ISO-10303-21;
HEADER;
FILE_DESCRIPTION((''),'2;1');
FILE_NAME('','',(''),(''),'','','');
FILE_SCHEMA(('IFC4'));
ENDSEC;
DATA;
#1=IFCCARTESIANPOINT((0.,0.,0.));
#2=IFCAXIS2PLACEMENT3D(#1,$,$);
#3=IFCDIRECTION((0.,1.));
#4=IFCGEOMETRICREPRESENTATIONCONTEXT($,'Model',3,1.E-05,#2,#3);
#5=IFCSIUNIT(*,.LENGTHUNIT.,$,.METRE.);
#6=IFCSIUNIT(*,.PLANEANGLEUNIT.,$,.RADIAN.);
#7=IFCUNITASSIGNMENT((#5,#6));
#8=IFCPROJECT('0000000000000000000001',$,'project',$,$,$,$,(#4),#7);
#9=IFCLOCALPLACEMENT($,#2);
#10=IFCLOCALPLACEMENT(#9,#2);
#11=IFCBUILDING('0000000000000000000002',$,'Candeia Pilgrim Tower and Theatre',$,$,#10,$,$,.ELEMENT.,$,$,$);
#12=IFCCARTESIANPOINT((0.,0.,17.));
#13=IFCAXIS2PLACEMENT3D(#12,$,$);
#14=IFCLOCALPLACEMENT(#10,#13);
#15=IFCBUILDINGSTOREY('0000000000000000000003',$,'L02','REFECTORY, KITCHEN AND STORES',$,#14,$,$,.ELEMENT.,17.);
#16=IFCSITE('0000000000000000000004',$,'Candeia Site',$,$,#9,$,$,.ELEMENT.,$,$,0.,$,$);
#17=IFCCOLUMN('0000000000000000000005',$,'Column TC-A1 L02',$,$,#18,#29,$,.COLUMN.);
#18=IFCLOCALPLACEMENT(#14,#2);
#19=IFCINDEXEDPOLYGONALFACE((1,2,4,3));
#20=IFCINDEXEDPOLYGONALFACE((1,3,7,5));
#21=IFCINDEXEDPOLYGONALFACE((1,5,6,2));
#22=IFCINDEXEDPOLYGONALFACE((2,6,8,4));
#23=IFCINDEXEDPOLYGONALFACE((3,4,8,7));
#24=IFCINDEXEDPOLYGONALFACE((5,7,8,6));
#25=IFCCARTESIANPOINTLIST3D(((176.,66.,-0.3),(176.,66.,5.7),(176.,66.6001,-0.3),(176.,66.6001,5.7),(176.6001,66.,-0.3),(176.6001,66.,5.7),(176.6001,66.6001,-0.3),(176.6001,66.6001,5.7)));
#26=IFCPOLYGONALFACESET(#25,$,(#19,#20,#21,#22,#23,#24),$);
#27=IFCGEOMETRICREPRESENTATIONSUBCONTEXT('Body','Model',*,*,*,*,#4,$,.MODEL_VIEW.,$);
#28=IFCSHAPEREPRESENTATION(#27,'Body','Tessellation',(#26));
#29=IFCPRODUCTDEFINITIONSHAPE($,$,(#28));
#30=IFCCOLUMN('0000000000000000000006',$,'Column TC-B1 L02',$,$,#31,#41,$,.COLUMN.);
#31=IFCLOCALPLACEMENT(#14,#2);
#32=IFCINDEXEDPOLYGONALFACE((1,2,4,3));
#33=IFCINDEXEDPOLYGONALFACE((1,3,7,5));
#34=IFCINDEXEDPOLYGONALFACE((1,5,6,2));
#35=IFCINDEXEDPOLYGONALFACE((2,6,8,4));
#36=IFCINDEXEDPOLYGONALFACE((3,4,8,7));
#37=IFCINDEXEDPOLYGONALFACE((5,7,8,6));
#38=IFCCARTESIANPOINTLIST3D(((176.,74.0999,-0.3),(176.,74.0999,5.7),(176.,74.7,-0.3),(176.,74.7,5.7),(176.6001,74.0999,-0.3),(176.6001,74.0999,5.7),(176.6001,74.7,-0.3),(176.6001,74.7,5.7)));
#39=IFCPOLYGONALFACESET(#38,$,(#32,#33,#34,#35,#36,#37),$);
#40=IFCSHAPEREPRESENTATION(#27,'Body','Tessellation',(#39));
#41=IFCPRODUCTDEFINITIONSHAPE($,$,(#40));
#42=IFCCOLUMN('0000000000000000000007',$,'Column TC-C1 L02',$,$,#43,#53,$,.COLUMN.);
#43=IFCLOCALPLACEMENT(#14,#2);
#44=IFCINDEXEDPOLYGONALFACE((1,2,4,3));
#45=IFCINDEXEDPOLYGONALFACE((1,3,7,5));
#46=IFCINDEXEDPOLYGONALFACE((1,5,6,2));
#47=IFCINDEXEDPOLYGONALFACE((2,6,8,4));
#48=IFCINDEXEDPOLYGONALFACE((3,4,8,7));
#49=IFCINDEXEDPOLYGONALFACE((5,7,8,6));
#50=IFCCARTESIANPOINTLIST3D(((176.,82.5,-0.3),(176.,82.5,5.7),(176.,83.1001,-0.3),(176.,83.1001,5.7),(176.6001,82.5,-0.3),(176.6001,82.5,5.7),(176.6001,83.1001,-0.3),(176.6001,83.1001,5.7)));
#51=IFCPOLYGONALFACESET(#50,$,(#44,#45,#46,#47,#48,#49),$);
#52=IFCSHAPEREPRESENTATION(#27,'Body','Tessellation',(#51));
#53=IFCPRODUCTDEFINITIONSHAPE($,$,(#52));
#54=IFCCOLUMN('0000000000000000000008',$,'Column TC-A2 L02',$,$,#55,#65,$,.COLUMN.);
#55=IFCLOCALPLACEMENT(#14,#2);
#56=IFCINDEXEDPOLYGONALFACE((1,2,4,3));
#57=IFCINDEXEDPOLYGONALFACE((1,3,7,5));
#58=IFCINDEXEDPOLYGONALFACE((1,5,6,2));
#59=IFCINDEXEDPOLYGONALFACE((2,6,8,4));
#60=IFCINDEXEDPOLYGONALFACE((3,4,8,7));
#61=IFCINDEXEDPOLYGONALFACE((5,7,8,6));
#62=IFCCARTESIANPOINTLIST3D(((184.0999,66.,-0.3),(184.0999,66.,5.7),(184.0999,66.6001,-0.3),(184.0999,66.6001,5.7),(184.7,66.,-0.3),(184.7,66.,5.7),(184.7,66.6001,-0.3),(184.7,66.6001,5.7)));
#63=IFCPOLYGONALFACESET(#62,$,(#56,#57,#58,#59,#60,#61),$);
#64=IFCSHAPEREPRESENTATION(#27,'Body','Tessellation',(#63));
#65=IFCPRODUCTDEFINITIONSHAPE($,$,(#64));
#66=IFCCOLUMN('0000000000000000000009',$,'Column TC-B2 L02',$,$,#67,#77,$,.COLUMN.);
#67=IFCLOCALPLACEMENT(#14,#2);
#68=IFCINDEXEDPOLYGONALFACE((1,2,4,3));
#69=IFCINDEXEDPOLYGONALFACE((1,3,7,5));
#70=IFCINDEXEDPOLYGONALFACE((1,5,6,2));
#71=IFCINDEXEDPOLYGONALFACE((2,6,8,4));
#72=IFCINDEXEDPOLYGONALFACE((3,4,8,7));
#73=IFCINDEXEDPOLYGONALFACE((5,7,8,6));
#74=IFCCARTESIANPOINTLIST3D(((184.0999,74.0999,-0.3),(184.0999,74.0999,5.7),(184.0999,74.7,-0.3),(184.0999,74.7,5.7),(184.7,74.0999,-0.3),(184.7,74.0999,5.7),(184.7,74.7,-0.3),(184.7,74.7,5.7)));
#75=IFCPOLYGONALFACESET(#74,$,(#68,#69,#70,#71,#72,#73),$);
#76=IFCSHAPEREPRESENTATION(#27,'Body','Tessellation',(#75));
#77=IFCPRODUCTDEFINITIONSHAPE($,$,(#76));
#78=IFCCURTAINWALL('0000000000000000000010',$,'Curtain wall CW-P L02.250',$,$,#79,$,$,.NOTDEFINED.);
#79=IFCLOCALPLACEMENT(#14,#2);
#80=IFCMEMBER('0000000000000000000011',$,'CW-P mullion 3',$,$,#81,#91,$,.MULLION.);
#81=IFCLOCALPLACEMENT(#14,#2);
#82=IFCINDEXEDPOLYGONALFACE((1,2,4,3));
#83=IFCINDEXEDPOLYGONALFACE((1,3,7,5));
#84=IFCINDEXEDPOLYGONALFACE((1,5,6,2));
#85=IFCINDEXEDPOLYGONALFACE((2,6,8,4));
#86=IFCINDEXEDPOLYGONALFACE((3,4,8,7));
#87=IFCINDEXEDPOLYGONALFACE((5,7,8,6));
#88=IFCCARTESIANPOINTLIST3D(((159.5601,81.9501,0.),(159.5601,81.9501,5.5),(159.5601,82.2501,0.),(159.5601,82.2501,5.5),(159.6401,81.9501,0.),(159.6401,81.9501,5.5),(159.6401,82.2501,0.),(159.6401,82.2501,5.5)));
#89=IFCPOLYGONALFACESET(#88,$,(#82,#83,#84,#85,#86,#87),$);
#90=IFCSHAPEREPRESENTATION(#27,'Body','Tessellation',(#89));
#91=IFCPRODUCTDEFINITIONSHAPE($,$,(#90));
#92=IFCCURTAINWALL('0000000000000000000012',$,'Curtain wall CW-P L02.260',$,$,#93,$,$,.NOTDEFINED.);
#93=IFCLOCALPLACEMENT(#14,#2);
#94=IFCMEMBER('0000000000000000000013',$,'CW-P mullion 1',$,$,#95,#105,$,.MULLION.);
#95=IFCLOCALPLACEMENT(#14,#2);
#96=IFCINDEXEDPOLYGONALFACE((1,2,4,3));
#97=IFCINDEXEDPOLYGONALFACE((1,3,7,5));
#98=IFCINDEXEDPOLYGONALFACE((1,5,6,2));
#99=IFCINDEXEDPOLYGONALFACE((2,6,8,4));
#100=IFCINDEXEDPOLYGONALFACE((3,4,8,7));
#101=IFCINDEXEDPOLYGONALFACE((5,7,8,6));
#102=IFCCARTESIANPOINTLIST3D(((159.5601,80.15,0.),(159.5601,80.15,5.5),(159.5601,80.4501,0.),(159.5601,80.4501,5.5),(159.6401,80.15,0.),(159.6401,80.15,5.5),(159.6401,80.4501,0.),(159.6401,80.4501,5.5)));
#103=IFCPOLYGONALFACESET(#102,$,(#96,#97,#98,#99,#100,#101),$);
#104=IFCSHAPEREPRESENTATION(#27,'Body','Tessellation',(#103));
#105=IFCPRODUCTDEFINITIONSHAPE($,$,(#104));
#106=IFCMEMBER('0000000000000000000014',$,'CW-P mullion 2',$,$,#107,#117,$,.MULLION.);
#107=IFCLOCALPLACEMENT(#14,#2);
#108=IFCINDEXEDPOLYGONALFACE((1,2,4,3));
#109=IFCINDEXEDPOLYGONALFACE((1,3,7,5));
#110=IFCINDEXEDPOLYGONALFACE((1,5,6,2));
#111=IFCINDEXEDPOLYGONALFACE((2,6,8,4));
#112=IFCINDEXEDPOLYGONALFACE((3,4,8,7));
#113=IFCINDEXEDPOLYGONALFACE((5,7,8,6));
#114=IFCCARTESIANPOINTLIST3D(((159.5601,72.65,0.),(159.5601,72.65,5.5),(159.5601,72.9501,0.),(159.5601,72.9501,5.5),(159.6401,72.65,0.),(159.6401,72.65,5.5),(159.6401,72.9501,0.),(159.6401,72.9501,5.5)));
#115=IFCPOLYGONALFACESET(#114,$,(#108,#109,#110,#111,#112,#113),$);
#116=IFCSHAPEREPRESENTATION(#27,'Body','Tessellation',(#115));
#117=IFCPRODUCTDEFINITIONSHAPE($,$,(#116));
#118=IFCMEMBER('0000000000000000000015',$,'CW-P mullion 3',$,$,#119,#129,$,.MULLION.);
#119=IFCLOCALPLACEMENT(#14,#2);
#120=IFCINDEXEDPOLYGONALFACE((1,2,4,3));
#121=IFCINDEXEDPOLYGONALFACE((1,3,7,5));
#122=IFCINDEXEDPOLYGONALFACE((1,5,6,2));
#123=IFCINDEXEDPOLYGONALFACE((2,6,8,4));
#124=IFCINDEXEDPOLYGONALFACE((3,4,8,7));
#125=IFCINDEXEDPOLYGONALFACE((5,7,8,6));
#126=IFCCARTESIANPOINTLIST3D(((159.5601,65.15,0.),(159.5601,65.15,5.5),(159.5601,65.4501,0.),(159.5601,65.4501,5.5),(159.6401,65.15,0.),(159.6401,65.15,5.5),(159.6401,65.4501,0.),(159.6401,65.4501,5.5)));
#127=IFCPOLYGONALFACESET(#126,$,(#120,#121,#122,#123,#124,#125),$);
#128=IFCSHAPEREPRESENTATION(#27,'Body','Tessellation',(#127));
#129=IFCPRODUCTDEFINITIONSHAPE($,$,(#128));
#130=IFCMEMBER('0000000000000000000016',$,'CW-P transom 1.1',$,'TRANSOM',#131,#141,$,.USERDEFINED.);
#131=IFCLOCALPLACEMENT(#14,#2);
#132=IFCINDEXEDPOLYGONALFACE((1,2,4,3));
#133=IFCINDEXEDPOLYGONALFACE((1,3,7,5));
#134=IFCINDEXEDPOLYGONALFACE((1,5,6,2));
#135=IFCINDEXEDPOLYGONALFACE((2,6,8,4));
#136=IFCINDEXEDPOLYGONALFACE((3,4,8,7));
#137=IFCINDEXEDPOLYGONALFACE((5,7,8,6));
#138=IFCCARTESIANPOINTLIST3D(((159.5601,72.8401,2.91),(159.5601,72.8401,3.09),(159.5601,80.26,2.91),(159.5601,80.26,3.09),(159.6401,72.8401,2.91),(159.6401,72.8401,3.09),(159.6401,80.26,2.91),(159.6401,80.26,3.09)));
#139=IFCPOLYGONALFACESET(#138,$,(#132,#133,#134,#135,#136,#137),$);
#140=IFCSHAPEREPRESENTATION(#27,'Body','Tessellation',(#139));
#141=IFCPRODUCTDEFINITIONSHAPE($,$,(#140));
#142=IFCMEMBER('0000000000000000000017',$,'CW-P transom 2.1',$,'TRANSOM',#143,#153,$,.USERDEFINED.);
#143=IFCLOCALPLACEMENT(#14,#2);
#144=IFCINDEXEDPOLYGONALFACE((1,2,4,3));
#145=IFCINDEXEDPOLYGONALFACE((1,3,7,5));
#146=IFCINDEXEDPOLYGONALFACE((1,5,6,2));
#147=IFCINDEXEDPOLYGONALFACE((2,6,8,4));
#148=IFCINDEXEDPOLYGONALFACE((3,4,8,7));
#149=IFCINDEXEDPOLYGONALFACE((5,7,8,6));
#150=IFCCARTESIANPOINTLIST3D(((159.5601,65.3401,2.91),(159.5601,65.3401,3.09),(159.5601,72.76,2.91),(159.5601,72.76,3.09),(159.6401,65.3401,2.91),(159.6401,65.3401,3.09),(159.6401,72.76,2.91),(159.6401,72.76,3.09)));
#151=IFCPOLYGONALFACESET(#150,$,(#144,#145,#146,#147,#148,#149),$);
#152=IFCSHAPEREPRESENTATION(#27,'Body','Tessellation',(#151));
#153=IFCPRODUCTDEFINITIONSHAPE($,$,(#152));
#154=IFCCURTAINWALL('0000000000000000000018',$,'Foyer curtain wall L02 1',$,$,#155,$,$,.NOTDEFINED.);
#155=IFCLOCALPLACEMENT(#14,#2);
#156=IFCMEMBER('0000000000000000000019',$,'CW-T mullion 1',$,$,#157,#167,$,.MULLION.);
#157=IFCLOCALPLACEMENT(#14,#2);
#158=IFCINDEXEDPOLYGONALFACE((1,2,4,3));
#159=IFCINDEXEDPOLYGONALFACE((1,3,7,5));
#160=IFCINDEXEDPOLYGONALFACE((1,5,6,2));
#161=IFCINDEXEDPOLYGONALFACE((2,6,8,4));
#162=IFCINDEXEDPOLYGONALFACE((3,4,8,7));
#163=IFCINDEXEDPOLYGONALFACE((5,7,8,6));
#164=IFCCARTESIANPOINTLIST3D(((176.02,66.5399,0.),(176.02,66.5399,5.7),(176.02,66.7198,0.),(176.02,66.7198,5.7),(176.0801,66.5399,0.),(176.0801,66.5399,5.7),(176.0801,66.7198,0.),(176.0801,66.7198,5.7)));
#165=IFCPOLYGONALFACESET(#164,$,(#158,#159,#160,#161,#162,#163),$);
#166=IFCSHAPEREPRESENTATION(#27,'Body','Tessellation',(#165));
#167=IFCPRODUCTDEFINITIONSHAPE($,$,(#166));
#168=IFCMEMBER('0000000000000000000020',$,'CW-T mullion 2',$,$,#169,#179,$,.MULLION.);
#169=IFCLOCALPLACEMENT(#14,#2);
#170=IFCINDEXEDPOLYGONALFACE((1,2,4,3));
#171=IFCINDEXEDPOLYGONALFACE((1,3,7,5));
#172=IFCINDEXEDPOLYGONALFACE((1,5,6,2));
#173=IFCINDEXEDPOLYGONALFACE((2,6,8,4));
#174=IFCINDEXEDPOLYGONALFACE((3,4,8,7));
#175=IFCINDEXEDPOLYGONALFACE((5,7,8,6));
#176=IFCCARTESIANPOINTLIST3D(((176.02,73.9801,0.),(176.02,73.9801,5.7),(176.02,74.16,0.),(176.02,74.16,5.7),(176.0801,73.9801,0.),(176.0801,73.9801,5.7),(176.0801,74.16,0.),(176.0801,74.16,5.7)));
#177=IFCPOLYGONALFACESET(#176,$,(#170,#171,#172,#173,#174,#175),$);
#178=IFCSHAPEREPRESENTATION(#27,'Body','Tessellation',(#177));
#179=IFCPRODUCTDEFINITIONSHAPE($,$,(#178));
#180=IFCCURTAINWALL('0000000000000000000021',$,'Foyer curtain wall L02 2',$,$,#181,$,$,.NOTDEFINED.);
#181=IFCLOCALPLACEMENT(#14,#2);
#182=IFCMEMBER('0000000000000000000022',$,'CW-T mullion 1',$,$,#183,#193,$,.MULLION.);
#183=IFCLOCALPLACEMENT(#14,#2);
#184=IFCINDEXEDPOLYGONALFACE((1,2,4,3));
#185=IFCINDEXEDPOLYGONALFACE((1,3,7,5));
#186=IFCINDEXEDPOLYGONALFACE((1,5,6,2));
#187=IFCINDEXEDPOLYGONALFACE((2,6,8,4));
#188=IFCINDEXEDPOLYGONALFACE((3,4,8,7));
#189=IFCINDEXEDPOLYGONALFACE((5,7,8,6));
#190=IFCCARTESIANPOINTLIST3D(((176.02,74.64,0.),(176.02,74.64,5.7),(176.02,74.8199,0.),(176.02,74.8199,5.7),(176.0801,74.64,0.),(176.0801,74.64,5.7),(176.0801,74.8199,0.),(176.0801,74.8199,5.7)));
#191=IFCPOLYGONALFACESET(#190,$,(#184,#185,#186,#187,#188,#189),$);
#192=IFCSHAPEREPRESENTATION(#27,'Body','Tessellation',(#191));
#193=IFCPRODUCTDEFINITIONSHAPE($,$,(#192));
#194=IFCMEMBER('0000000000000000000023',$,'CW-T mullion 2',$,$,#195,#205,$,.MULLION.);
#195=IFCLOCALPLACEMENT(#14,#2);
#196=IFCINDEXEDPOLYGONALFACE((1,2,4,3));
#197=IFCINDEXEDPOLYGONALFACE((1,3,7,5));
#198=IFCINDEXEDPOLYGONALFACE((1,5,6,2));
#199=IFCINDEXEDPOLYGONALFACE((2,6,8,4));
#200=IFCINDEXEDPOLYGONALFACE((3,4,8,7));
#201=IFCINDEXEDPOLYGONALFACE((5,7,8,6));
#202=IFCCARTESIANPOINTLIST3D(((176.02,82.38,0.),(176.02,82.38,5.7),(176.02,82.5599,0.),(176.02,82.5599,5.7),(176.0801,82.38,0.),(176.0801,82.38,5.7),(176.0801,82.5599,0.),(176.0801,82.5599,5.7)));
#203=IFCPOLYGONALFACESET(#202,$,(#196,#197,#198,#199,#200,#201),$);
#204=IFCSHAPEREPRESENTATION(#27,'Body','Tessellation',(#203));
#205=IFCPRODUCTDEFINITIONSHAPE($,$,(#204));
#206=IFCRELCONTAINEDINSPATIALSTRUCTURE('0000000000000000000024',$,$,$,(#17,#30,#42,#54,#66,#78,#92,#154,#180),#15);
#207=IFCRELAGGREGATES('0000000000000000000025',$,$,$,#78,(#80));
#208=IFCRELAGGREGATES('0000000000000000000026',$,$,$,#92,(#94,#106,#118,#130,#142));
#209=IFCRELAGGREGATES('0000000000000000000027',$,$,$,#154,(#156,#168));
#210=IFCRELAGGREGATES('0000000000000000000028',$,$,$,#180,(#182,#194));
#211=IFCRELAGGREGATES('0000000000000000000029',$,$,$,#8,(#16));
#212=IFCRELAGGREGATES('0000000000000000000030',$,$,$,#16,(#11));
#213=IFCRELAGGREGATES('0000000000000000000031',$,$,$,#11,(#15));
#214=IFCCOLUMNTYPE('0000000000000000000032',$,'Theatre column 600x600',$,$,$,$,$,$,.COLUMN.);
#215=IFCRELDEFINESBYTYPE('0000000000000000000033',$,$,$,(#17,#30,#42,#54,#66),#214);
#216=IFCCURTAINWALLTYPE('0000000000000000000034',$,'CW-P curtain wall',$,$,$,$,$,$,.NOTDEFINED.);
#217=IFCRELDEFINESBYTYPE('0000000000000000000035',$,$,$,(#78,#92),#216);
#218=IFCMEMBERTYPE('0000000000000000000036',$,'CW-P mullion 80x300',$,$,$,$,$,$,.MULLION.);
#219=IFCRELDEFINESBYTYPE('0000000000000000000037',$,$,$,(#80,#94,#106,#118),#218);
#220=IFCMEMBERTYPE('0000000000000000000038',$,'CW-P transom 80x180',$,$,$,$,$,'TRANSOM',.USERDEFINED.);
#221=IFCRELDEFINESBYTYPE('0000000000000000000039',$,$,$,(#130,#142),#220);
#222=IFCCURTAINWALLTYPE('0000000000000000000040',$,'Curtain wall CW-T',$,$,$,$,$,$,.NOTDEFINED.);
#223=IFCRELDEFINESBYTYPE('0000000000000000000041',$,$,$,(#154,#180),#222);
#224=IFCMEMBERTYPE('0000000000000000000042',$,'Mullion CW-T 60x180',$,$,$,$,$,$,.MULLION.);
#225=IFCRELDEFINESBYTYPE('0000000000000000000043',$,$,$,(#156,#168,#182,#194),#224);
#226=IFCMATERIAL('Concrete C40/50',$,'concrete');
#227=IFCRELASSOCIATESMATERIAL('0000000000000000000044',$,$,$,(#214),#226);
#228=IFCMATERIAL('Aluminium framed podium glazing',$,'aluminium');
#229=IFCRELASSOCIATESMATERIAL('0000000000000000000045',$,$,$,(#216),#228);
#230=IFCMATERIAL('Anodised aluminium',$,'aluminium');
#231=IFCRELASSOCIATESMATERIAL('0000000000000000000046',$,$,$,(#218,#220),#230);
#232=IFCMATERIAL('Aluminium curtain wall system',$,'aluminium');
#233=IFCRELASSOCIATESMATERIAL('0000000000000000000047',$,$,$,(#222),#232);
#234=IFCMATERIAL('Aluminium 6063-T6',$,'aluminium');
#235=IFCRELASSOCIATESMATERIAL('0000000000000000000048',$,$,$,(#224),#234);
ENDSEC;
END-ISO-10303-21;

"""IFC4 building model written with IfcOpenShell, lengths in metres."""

from ifc_helpers import new_model, si_unit, direction, frame, origin, origin_2d, place, context, subcontext, project, spatial, rectangle, extrude, material, material_profile, profile_set, type_object, element, aggregate, save


model = new_model("IFC4")

# Units and contexts
model_context = context("Model", 3, precision=1e-05, world=origin(), true_north=direction((0.0, 1.0)))
body_context = subcontext(model_context, "Body", "Model", "MODEL_VIEW")
ifc_project = project(units=[si_unit("LENGTHUNIT", "METRE"), si_unit("PLANEANGLEUNIT", "RADIAN")], contexts=[model_context])

# Site, building, storey
site_placement = place(None, origin())
site = spatial("IfcSite", under=ifc_project, at=site_placement, Name="Candeia Site", CompositionType="ELEMENT", RefElevation=0.0)
building_placement = place(site_placement, origin())
building = spatial("IfcBuilding", under=site, at=building_placement, Name="Candeia Pilgrim Tower and Theatre", CompositionType="ELEMENT")
storey_placement = place(building_placement, frame((0.0, 0.0, 17.0)))
storey = spatial("IfcBuildingStorey", under=building, at=storey_placement, Name="L02", Description="REFECTORY, KITCHEN AND STORES", CompositionType="ELEMENT", Elevation=17.0)

# Columns
ifc_material_1 = material(Name="Concrete C40/50", Category="concrete")
ifc_material_profile_1 = material_profile(ifc_material_1, rectangle(XDim=0.6001, YDim=0.6001, at=origin_2d()))
ifc_profile_set_1 = profile_set([ifc_material_profile_1], Name="Concrete C40/50")
column_type = type_object("IfcColumnType", Name="Theatre column 600x600", PredefinedType="COLUMN", material=ifc_profile_set_1)
for number, where, z_axis, x_axis, name in (
    (1, (176.3, 66.3, -0.3), (0.0, 0.0, 1.0), (1.0, 0.0, 0.0), "Column TC-A1 L02"),
    (2, (176.3, 74.3999, -0.3), (0.0, 0.0, 1.0), (1.0, 0.0, 0.0), "Column TC-B1 L02"),
    (3, (176.3, 82.8, -0.3), (0.0, 0.0, 1.0), (1.0, 0.0, 0.0), "Column TC-C1 L02"),
    (4, (184.3999, 66.3, -0.3), (0.0, 0.0, 1.0), (1.0, 0.0, 0.0), "Column TC-A2 L02"),
    (5, (184.3999, 74.3999, -0.3), (0.0, 0.0, 1.0), (1.0, 0.0, 0.0), "Column TC-B2 L02"),
):
    element("IfcColumn", number, at=place(storey_placement, frame(where, z_axis=z_axis, x_axis=x_axis)), inside=storey, type_object=column_type, Name=name, PredefinedType="COLUMN", context=body_context, shape_type="SweptSolid", body=[
        extrude(rectangle(XDim=0.6001, YDim=0.6001, at=origin_2d()), origin(), (0.0, 0.0, 1.0), 6.0),
    ])

# Curtain wall, member
ifc_material_2 = material(Name="Aluminium framed podium glazing", Category="aluminium")
curtain_wall_type_1 = type_object("IfcCurtainWallType", Name="CW-P curtain wall", PredefinedType="NOTDEFINED", material=ifc_material_2)
curtain_wall_1_placement = place(storey_placement, origin())
curtain_wall_1 = element("IfcCurtainWall", 6, at=curtain_wall_1_placement, inside=storey, type_object=curtain_wall_type_1, Name="Curtain wall CW-P L02.250", PredefinedType="NOTDEFINED")
ifc_material_3 = material(Name="Anodised aluminium", Category="aluminium")
ifc_material_profile_2 = material_profile(ifc_material_3, rectangle(XDim=0.0801, YDim=0.3, at=origin_2d()))
ifc_profile_set_2 = profile_set([ifc_material_profile_2], Name="Anodised aluminium")
member_type_1 = type_object("IfcMemberType", Name="CW-P mullion 80x300", PredefinedType="MULLION", material=ifc_profile_set_2)
member_1_placement = place(storey_placement, frame((159.6001, 82.1001, 0.0), z_axis=(0.0, 0.0, 1.0), x_axis=(1.0, 0.0, 0.0)))
member_1 = element("IfcMember", 7, at=member_1_placement, type_object=member_type_1, Name="CW-P mullion 3", PredefinedType="MULLION", context=body_context, shape_type="SweptSolid", body=[
    extrude(rectangle(XDim=0.0801, YDim=0.3, at=origin_2d()), origin(), (0.0, 0.0, 1.0), 5.5),
])

# Curtain walls, members
curtain_wall_2_placement = place(storey_placement, origin())
curtain_wall_2 = element("IfcCurtainWall", 8, at=curtain_wall_2_placement, inside=storey, type_object=curtain_wall_type_1, Name="Curtain wall CW-P L02.260", PredefinedType="NOTDEFINED")
member_2_placement = place(storey_placement, frame((159.6001, 80.3, 0.0), z_axis=(0.0, 0.0, 1.0), x_axis=(1.0, 0.0, 0.0)))
member_2 = element("IfcMember", 9, at=member_2_placement, type_object=member_type_1, Name="CW-P mullion 1", PredefinedType="MULLION", context=body_context, shape_type="SweptSolid", body=[
    extrude(rectangle(XDim=0.0801, YDim=0.3, at=origin_2d()), origin(), (0.0, 0.0, 1.0), 5.5),
])
member_3_placement = place(storey_placement, frame((159.6001, 72.8, 0.0), z_axis=(0.0, 0.0, 1.0), x_axis=(1.0, 0.0, 0.0)))
member_3 = element("IfcMember", 10, at=member_3_placement, type_object=member_type_1, Name="CW-P mullion 2", PredefinedType="MULLION", context=body_context, shape_type="SweptSolid", body=[
    extrude(rectangle(XDim=0.0801, YDim=0.3, at=origin_2d()), origin(), (0.0, 0.0, 1.0), 5.5),
])
member_4_placement = place(storey_placement, frame((159.6001, 65.3, 0.0), z_axis=(0.0, 0.0, 1.0), x_axis=(1.0, 0.0, 0.0)))
member_4 = element("IfcMember", 11, at=member_4_placement, type_object=member_type_1, Name="CW-P mullion 3", PredefinedType="MULLION", context=body_context, shape_type="SweptSolid", body=[
    extrude(rectangle(XDim=0.0801, YDim=0.3, at=origin_2d()), origin(), (0.0, 0.0, 1.0), 5.5),
])
ifc_material_profile_3 = material_profile(ifc_material_3, rectangle(XDim=0.0801, YDim=0.1799, at=origin_2d()))
ifc_profile_set_3 = profile_set([ifc_material_profile_3], Name="Anodised aluminium")
member_type_2 = type_object("IfcMemberType", Name="CW-P transom 80x180", ElementType="TRANSOM", PredefinedType="USERDEFINED", material=ifc_profile_set_3)
member_5_placement = place(storey_placement, frame((159.6001, 80.26, 3.0), z_axis=(0.0, -1.0, 0.0), x_axis=(1.0, 0.0, 0.0)))
member_5 = element("IfcMember", 12, at=member_5_placement, type_object=member_type_2, Name="CW-P transom 1.1", ObjectType="TRANSOM", PredefinedType="USERDEFINED", context=body_context, shape_type="SweptSolid", body=[
    extrude(rectangle(XDim=0.0801, YDim=0.1799, at=origin_2d()), origin(), (0.0, 0.0, 1.0), 7.4199),
])
member_6_placement = place(storey_placement, frame((159.6001, 72.76, 3.0), z_axis=(0.0, -1.0, 0.0), x_axis=(1.0, 0.0, 0.0)))
member_6 = element("IfcMember", 13, at=member_6_placement, type_object=member_type_2, Name="CW-P transom 2.1", ObjectType="TRANSOM", PredefinedType="USERDEFINED", context=body_context, shape_type="SweptSolid", body=[
    extrude(rectangle(XDim=0.0801, YDim=0.1799, at=origin_2d()), origin(), (0.0, 0.0, 1.0), 7.4199),
])
ifc_material_4 = material(Name="Aluminium curtain wall system", Category="aluminium")
curtain_wall_type_2 = type_object("IfcCurtainWallType", Name="Curtain wall CW-T", PredefinedType="NOTDEFINED", material=ifc_material_4)
curtain_wall_3_placement = place(storey_placement, origin())
curtain_wall_3 = element("IfcCurtainWall", 14, at=curtain_wall_3_placement, inside=storey, type_object=curtain_wall_type_2, Name="Foyer curtain wall L02 1", PredefinedType="NOTDEFINED")
ifc_material_5 = material(Name="Aluminium 6063-T6", Category="aluminium")
ifc_material_profile_4 = material_profile(ifc_material_5, rectangle(XDim=0.0601, YDim=0.1799, at=origin_2d()))
ifc_profile_set_4 = profile_set([ifc_material_profile_4], Name="Aluminium 6063-T6")
member_type_3 = type_object("IfcMemberType", Name="Mullion CW-T 60x180", PredefinedType="MULLION", material=ifc_profile_set_4)
member_7_placement = place(storey_placement, frame((176.05, 66.6299, 0.0), z_axis=(0.0, 0.0, 1.0), x_axis=(-1.0, 0.0, 0.0)))
member_7 = element("IfcMember", 15, at=member_7_placement, type_object=member_type_3, Name="CW-T mullion 1", PredefinedType="MULLION", context=body_context, shape_type="SweptSolid", body=[
    extrude(rectangle(XDim=0.0601, YDim=0.1799, at=origin_2d()), origin(), (0.0, 0.0, 1.0), 5.7),
])
member_8_placement = place(storey_placement, frame((176.05, 74.0701, 0.0), z_axis=(0.0, 0.0, 1.0), x_axis=(-1.0, 0.0, 0.0)))
member_8 = element("IfcMember", 16, at=member_8_placement, type_object=member_type_3, Name="CW-T mullion 2", PredefinedType="MULLION", context=body_context, shape_type="SweptSolid", body=[
    extrude(rectangle(XDim=0.0601, YDim=0.1799, at=origin_2d()), origin(), (0.0, 0.0, 1.0), 5.7),
])
curtain_wall_4_placement = place(storey_placement, origin())
curtain_wall_4 = element("IfcCurtainWall", 17, at=curtain_wall_4_placement, inside=storey, type_object=curtain_wall_type_2, Name="Foyer curtain wall L02 2", PredefinedType="NOTDEFINED")
member_9_placement = place(storey_placement, frame((176.05, 74.73, 0.0), z_axis=(0.0, 0.0, 1.0), x_axis=(-1.0, 0.0, 0.0)))
member_9 = element("IfcMember", 18, at=member_9_placement, type_object=member_type_3, Name="CW-T mullion 1", PredefinedType="MULLION", context=body_context, shape_type="SweptSolid", body=[
    extrude(rectangle(XDim=0.0601, YDim=0.1799, at=origin_2d()), origin(), (0.0, 0.0, 1.0), 5.7),
])
member_10_placement = place(storey_placement, frame((176.05, 82.47, 0.0), z_axis=(0.0, 0.0, 1.0), x_axis=(-1.0, 0.0, 0.0)))
member_10 = element("IfcMember", 19, at=member_10_placement, type_object=member_type_3, Name="CW-T mullion 2", PredefinedType="MULLION", context=body_context, shape_type="SweptSolid", body=[
    extrude(rectangle(XDim=0.0601, YDim=0.1799, at=origin_2d()), origin(), (0.0, 0.0, 1.0), 5.7),
])

aggregate(curtain_wall_1, [member_1])
aggregate(curtain_wall_2, [member_2, member_3, member_4, member_5, member_6])
aggregate(curtain_wall_3, [member_7, member_8])
aggregate(curtain_wall_4, [member_9, member_10])

save(model, "model.ifc")
